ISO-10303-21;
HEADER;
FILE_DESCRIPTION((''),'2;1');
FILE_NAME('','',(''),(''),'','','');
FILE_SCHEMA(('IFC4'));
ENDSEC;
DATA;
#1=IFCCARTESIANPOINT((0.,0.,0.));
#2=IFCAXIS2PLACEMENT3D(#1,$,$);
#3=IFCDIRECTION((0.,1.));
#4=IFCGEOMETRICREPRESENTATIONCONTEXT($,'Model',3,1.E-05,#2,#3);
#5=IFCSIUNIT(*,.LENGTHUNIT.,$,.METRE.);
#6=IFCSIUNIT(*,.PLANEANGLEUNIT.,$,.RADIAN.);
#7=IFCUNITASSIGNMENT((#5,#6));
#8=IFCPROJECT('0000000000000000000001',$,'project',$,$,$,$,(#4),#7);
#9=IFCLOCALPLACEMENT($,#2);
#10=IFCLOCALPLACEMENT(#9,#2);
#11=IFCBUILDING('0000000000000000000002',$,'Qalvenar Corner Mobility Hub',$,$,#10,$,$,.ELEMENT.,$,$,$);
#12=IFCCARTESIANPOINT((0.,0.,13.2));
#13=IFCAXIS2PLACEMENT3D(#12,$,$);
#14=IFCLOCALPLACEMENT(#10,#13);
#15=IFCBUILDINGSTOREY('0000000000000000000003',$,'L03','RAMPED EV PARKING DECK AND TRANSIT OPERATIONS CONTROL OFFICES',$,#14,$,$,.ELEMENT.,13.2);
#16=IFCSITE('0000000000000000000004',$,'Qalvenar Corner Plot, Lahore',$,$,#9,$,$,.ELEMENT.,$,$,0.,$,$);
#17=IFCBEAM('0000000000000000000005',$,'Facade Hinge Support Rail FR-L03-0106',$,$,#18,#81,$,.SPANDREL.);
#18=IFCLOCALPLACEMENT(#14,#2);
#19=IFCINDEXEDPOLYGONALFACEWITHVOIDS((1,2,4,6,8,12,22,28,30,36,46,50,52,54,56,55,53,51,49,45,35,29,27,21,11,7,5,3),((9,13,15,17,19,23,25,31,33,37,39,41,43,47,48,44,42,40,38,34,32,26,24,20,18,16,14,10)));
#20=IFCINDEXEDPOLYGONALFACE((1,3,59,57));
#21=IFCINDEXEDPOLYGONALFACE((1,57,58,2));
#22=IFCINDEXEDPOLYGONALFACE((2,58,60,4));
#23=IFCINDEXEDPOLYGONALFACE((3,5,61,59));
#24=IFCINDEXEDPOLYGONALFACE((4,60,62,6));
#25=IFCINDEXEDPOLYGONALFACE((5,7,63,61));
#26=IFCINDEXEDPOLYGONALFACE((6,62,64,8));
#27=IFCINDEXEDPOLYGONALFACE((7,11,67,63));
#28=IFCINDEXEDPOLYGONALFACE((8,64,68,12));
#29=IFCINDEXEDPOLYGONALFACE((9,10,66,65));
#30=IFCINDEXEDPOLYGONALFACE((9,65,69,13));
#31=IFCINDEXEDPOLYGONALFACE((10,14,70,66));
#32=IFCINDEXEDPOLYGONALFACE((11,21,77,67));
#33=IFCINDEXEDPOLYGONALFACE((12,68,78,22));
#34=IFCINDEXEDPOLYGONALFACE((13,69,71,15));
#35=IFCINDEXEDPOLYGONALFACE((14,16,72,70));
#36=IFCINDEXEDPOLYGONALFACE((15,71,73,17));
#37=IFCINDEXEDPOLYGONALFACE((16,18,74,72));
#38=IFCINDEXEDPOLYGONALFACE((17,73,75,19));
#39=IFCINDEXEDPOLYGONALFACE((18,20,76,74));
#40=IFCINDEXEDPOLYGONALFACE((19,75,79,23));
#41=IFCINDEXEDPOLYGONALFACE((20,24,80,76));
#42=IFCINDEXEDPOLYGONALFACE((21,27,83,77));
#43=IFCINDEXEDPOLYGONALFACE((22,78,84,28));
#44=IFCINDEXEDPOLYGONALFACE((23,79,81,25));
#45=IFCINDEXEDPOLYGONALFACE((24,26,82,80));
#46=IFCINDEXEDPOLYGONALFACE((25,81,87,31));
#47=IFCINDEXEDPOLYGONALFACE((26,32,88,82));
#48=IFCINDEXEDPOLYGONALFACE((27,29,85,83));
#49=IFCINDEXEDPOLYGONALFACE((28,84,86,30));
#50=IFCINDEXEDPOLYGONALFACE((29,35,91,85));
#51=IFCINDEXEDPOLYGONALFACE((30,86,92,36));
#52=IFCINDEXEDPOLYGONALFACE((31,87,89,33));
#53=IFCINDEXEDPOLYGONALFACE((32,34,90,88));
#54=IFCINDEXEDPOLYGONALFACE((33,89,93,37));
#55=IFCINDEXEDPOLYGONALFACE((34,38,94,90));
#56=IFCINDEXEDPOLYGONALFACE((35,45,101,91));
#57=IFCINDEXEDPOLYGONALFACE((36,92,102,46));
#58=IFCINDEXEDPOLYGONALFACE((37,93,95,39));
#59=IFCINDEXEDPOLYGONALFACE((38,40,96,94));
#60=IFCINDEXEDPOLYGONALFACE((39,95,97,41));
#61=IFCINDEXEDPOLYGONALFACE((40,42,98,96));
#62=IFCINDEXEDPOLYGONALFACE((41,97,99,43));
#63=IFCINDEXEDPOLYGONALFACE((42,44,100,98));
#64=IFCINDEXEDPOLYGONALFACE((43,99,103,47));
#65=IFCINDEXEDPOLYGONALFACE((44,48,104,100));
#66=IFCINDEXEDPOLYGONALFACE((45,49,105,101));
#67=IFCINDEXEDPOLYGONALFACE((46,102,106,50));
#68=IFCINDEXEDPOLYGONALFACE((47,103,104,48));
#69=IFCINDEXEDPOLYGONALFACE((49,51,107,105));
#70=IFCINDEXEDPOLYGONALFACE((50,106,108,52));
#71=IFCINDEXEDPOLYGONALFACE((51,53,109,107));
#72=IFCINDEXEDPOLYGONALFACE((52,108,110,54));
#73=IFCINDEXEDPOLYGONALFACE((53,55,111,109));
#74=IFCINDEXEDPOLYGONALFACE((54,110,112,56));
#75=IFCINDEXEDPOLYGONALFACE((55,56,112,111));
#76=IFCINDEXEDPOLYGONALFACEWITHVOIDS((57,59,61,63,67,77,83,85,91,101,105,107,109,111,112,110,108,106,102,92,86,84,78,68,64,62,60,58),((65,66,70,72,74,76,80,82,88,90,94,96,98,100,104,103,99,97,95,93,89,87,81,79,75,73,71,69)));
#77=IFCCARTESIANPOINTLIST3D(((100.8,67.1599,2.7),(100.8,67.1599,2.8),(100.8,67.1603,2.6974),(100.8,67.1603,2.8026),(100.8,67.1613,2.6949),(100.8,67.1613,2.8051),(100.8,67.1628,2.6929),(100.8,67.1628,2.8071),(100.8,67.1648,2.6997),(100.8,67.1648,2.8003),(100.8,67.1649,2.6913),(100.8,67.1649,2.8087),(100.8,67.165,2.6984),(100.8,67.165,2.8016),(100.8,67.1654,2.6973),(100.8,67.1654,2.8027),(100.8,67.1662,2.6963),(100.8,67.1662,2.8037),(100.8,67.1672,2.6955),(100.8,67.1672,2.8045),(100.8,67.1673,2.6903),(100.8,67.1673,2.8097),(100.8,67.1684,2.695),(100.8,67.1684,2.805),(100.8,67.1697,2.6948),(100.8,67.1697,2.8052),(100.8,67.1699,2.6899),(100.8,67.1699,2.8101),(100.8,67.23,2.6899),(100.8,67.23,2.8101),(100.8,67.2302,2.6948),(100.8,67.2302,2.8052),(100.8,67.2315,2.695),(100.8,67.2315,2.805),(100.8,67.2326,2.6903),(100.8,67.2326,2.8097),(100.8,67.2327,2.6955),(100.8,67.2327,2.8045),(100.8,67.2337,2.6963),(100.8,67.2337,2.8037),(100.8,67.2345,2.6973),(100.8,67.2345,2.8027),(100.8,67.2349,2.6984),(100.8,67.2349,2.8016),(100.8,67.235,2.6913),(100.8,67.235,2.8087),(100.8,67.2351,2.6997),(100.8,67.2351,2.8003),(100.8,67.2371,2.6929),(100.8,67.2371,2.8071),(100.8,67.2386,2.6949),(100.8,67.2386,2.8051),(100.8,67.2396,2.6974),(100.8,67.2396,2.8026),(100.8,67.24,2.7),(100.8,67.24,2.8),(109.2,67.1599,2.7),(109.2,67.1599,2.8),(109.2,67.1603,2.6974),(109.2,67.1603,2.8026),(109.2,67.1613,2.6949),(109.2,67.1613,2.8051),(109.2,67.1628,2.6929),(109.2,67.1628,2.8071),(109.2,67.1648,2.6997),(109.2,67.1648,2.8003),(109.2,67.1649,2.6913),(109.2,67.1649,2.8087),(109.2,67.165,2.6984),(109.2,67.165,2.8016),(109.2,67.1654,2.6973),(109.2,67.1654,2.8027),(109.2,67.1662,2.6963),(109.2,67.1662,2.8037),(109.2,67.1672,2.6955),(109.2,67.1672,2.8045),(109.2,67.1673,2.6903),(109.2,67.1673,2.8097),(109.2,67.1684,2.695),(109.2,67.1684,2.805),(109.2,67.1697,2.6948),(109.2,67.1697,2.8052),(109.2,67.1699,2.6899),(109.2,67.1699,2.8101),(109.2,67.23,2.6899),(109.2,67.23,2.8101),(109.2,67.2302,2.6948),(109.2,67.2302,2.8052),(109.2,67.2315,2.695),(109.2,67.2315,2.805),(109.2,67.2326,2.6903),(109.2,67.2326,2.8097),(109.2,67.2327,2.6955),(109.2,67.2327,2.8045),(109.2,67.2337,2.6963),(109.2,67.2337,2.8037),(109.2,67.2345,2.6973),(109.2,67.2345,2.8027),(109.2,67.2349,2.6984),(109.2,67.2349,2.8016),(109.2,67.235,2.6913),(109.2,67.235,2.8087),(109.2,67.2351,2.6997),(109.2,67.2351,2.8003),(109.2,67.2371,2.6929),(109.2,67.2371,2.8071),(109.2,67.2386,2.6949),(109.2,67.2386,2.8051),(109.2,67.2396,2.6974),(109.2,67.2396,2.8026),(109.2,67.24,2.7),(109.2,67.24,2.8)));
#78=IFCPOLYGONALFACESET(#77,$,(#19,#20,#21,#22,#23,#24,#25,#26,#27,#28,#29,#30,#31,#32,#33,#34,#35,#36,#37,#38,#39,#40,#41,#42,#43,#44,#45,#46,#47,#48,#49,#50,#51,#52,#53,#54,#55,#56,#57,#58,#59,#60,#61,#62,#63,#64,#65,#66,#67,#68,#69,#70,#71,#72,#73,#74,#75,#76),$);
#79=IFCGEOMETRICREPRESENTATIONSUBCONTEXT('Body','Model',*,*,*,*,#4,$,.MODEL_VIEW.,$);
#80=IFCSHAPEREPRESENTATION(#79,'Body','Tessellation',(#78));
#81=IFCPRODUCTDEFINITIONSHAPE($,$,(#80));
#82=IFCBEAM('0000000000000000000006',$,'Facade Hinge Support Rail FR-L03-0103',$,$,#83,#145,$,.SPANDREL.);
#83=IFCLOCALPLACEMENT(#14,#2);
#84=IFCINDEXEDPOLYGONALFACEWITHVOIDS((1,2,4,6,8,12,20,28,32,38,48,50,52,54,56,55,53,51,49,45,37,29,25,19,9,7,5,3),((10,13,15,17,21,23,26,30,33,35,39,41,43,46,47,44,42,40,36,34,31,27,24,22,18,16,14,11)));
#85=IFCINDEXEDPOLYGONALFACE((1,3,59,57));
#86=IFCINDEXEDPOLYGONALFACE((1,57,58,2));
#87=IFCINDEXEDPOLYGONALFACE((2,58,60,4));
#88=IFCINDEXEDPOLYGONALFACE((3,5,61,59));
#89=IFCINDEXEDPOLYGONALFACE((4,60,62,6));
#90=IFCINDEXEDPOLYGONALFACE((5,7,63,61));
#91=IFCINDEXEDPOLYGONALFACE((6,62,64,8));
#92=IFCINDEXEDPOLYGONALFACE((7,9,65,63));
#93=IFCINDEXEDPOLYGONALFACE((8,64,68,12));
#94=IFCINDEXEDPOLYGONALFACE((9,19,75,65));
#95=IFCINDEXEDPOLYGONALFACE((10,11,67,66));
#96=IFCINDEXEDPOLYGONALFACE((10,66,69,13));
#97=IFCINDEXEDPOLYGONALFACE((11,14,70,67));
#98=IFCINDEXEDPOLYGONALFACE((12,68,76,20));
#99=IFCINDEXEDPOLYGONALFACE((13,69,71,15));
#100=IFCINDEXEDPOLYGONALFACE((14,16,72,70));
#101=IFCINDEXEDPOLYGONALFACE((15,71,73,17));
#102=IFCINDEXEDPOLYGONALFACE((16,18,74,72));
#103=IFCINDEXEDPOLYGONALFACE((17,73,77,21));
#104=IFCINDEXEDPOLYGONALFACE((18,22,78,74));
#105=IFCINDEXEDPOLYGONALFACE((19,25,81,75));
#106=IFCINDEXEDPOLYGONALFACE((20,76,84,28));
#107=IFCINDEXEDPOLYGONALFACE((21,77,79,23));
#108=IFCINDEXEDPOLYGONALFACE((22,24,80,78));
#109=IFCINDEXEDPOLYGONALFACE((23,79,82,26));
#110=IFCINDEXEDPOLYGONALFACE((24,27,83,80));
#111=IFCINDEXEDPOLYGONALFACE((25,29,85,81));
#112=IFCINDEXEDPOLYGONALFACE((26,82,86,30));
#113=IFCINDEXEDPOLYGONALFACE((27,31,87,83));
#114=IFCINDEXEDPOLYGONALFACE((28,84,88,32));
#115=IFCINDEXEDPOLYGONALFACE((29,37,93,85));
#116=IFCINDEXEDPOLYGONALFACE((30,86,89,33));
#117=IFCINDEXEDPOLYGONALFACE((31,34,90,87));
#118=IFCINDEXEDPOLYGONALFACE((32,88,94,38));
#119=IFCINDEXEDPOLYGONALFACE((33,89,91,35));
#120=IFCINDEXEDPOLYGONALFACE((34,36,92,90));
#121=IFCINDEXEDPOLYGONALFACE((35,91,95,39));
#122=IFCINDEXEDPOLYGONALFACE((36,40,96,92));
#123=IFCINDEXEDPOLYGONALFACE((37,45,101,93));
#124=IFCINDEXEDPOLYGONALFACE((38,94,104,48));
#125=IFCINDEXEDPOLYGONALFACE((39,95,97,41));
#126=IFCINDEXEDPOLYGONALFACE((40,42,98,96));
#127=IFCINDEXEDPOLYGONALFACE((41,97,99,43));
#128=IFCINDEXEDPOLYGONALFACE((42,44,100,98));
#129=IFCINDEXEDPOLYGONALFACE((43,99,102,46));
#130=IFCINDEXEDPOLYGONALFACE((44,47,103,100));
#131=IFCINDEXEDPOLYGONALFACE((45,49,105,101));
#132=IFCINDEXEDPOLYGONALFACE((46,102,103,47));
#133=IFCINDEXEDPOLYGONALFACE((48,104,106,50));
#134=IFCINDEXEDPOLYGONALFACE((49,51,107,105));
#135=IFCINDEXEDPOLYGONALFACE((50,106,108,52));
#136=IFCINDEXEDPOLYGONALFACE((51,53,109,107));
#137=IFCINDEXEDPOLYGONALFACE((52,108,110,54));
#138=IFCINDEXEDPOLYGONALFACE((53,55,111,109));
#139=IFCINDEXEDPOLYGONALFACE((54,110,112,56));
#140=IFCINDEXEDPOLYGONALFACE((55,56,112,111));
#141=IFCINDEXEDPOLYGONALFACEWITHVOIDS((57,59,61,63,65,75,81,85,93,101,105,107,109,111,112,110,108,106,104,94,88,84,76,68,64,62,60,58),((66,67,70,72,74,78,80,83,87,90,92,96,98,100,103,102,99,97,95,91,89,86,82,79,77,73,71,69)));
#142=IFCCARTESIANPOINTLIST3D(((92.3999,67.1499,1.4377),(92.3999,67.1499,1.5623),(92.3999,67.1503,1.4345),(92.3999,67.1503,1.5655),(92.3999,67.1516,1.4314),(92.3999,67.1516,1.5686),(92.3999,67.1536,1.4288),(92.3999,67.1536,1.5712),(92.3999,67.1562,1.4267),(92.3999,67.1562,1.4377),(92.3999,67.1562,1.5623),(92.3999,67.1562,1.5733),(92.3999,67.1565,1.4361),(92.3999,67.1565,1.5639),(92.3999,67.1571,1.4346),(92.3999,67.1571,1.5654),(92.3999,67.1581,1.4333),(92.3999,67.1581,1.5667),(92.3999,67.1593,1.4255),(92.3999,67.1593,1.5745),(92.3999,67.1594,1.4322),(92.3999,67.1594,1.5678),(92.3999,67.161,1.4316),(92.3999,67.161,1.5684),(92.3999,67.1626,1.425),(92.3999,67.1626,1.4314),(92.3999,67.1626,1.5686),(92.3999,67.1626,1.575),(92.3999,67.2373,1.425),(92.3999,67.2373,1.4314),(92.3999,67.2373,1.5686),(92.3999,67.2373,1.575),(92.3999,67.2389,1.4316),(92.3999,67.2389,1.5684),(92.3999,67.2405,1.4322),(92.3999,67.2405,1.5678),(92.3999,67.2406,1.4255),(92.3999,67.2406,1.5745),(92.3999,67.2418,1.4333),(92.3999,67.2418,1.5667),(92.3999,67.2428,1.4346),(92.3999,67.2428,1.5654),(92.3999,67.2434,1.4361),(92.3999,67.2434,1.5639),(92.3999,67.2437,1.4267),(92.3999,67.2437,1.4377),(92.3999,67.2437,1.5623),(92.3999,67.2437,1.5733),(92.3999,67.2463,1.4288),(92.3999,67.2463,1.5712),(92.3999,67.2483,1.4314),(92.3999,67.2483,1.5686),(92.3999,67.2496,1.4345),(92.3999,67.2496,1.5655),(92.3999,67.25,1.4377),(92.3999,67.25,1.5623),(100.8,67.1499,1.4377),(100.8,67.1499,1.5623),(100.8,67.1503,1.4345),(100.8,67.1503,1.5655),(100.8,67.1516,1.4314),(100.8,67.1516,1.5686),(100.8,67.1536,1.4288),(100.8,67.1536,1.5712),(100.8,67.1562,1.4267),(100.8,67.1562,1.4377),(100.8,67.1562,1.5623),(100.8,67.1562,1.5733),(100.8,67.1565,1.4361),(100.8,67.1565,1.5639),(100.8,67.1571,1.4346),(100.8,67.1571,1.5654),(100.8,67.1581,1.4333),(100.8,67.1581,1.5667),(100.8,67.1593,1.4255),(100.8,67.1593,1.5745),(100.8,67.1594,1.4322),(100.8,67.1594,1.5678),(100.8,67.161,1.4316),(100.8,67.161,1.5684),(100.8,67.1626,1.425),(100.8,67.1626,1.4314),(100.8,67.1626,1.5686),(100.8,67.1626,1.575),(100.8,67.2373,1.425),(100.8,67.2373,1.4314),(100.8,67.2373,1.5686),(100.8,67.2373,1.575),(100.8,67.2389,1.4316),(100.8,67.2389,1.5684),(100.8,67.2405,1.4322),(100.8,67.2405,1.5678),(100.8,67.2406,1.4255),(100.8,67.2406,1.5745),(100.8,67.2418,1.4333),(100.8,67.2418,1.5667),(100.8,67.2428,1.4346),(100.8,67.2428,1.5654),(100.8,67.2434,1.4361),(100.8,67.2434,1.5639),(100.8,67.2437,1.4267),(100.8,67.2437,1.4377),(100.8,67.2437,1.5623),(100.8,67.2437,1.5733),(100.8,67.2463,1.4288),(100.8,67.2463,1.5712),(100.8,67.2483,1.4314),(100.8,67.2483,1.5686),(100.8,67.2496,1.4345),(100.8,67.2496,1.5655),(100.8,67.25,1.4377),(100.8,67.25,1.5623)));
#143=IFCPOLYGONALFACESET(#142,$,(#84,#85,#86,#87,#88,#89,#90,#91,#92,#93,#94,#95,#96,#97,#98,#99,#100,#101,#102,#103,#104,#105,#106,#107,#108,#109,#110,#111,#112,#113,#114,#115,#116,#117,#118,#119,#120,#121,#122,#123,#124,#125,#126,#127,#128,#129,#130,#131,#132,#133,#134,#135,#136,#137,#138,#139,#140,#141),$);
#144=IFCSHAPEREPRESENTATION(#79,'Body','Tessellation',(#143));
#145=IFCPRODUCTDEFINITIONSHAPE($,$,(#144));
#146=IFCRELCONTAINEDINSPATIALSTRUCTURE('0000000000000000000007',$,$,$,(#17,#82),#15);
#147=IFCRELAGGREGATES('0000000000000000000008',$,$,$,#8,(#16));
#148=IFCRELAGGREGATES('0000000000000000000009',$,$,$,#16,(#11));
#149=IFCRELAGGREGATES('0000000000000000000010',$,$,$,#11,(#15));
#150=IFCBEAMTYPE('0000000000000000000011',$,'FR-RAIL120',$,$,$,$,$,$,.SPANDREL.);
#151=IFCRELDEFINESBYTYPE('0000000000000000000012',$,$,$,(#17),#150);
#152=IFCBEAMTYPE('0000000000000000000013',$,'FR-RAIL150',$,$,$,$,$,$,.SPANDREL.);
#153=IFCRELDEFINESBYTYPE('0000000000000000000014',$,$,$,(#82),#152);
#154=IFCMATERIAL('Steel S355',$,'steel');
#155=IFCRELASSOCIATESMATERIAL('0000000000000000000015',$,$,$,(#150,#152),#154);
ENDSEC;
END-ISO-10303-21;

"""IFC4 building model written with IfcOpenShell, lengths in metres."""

from ifc_helpers import new_model, si_unit, direction, frame, origin, origin_2d, place, context, subcontext, project, spatial, hollow_rectangle, extrude, material, material_profile, profile_set, type_object, element, save


model = new_model("IFC4")

# Units and contexts
model_context = context("Model", 3, precision=1e-05, world=origin(), true_north=direction((0.0, 1.0)))
body_context = subcontext(model_context, "Body", "Model", "MODEL_VIEW")
ifc_project = project(units=[si_unit("LENGTHUNIT", "METRE"), si_unit("PLANEANGLEUNIT", "RADIAN")], contexts=[model_context])

# Site, building, storey
site_placement = place(None, origin())
site = spatial("IfcSite", under=ifc_project, at=site_placement, Name="Qalvenar Corner Plot, Lahore", CompositionType="ELEMENT", RefElevation=0.0)
building_placement = place(site_placement, origin())
building = spatial("IfcBuilding", under=site, at=building_placement, Name="Qalvenar Corner Mobility Hub", CompositionType="ELEMENT")
storey_placement = place(building_placement, frame((0.0, 0.0, 13.2)))
storey = spatial("IfcBuildingStorey", under=building, at=storey_placement, Name="L03", Description="RAMPED EV PARKING DECK AND TRANSIT OPERATIONS CONTROL OFFICES", CompositionType="ELEMENT", Elevation=13.2)

# Shared definitions
ifc_material = material(Name="Steel S355", Category="steel")

# Beams
ifc_material_profile_1 = material_profile(ifc_material, hollow_rectangle(XDim=0.0801, YDim=0.1201, WallThickness=0.0049, InnerFilletRadius=0.0049, OuterFilletRadius=0.01, at=origin_2d()), Name="RHS120x80x5")
ifc_profile_set_1 = profile_set([ifc_material_profile_1], Name="Steel S355")
beam_type_1 = type_object("IfcBeamType", Name="FR-RAIL120", PredefinedType="SPANDREL", material=ifc_profile_set_1)
beam_1_placement = place(storey_placement, frame((100.8, 67.2, 2.75), z_axis=(1.0, 0.0, 0.0), x_axis=(0.0, 1.0, 0.0)))
element("IfcBeam", 1, at=beam_1_placement, inside=storey, type_object=beam_type_1, Name="Facade Hinge Support Rail FR-L03-0106", PredefinedType="SPANDREL", context=body_context, shape_type="SweptSolid", body=[
    extrude(hollow_rectangle(XDim=0.0801, YDim=0.1201, WallThickness=0.0049, InnerFilletRadius=0.0049, OuterFilletRadius=0.01, at=origin_2d()), origin(), (0.0, 0.0, 1.0), 8.3999),
])
ifc_material_profile_2 = material_profile(ifc_material, hollow_rectangle(XDim=0.1001, YDim=0.1499, WallThickness=0.0063, InnerFilletRadius=0.0063, OuterFilletRadius=0.0127, at=origin_2d()), Name="RHS150x100x6.3")
ifc_profile_set_2 = profile_set([ifc_material_profile_2], Name="Steel S355")
beam_type_2 = type_object("IfcBeamType", Name="FR-RAIL150", PredefinedType="SPANDREL", material=ifc_profile_set_2)
beam_2_placement = place(storey_placement, frame((92.3999, 67.2, 1.5), z_axis=(1.0, 0.0, 0.0), x_axis=(0.0, 1.0, 0.0)))
element("IfcBeam", 2, at=beam_2_placement, inside=storey, type_object=beam_type_2, Name="Facade Hinge Support Rail FR-L03-0103", PredefinedType="SPANDREL", context=body_context, shape_type="SweptSolid", body=[
    extrude(hollow_rectangle(XDim=0.1001, YDim=0.1499, WallThickness=0.0063, InnerFilletRadius=0.0063, OuterFilletRadius=0.0127, at=origin_2d()), origin(), (0.0, 0.0, 1.0), 8.4001),
])

save(model, "model.ifc")
